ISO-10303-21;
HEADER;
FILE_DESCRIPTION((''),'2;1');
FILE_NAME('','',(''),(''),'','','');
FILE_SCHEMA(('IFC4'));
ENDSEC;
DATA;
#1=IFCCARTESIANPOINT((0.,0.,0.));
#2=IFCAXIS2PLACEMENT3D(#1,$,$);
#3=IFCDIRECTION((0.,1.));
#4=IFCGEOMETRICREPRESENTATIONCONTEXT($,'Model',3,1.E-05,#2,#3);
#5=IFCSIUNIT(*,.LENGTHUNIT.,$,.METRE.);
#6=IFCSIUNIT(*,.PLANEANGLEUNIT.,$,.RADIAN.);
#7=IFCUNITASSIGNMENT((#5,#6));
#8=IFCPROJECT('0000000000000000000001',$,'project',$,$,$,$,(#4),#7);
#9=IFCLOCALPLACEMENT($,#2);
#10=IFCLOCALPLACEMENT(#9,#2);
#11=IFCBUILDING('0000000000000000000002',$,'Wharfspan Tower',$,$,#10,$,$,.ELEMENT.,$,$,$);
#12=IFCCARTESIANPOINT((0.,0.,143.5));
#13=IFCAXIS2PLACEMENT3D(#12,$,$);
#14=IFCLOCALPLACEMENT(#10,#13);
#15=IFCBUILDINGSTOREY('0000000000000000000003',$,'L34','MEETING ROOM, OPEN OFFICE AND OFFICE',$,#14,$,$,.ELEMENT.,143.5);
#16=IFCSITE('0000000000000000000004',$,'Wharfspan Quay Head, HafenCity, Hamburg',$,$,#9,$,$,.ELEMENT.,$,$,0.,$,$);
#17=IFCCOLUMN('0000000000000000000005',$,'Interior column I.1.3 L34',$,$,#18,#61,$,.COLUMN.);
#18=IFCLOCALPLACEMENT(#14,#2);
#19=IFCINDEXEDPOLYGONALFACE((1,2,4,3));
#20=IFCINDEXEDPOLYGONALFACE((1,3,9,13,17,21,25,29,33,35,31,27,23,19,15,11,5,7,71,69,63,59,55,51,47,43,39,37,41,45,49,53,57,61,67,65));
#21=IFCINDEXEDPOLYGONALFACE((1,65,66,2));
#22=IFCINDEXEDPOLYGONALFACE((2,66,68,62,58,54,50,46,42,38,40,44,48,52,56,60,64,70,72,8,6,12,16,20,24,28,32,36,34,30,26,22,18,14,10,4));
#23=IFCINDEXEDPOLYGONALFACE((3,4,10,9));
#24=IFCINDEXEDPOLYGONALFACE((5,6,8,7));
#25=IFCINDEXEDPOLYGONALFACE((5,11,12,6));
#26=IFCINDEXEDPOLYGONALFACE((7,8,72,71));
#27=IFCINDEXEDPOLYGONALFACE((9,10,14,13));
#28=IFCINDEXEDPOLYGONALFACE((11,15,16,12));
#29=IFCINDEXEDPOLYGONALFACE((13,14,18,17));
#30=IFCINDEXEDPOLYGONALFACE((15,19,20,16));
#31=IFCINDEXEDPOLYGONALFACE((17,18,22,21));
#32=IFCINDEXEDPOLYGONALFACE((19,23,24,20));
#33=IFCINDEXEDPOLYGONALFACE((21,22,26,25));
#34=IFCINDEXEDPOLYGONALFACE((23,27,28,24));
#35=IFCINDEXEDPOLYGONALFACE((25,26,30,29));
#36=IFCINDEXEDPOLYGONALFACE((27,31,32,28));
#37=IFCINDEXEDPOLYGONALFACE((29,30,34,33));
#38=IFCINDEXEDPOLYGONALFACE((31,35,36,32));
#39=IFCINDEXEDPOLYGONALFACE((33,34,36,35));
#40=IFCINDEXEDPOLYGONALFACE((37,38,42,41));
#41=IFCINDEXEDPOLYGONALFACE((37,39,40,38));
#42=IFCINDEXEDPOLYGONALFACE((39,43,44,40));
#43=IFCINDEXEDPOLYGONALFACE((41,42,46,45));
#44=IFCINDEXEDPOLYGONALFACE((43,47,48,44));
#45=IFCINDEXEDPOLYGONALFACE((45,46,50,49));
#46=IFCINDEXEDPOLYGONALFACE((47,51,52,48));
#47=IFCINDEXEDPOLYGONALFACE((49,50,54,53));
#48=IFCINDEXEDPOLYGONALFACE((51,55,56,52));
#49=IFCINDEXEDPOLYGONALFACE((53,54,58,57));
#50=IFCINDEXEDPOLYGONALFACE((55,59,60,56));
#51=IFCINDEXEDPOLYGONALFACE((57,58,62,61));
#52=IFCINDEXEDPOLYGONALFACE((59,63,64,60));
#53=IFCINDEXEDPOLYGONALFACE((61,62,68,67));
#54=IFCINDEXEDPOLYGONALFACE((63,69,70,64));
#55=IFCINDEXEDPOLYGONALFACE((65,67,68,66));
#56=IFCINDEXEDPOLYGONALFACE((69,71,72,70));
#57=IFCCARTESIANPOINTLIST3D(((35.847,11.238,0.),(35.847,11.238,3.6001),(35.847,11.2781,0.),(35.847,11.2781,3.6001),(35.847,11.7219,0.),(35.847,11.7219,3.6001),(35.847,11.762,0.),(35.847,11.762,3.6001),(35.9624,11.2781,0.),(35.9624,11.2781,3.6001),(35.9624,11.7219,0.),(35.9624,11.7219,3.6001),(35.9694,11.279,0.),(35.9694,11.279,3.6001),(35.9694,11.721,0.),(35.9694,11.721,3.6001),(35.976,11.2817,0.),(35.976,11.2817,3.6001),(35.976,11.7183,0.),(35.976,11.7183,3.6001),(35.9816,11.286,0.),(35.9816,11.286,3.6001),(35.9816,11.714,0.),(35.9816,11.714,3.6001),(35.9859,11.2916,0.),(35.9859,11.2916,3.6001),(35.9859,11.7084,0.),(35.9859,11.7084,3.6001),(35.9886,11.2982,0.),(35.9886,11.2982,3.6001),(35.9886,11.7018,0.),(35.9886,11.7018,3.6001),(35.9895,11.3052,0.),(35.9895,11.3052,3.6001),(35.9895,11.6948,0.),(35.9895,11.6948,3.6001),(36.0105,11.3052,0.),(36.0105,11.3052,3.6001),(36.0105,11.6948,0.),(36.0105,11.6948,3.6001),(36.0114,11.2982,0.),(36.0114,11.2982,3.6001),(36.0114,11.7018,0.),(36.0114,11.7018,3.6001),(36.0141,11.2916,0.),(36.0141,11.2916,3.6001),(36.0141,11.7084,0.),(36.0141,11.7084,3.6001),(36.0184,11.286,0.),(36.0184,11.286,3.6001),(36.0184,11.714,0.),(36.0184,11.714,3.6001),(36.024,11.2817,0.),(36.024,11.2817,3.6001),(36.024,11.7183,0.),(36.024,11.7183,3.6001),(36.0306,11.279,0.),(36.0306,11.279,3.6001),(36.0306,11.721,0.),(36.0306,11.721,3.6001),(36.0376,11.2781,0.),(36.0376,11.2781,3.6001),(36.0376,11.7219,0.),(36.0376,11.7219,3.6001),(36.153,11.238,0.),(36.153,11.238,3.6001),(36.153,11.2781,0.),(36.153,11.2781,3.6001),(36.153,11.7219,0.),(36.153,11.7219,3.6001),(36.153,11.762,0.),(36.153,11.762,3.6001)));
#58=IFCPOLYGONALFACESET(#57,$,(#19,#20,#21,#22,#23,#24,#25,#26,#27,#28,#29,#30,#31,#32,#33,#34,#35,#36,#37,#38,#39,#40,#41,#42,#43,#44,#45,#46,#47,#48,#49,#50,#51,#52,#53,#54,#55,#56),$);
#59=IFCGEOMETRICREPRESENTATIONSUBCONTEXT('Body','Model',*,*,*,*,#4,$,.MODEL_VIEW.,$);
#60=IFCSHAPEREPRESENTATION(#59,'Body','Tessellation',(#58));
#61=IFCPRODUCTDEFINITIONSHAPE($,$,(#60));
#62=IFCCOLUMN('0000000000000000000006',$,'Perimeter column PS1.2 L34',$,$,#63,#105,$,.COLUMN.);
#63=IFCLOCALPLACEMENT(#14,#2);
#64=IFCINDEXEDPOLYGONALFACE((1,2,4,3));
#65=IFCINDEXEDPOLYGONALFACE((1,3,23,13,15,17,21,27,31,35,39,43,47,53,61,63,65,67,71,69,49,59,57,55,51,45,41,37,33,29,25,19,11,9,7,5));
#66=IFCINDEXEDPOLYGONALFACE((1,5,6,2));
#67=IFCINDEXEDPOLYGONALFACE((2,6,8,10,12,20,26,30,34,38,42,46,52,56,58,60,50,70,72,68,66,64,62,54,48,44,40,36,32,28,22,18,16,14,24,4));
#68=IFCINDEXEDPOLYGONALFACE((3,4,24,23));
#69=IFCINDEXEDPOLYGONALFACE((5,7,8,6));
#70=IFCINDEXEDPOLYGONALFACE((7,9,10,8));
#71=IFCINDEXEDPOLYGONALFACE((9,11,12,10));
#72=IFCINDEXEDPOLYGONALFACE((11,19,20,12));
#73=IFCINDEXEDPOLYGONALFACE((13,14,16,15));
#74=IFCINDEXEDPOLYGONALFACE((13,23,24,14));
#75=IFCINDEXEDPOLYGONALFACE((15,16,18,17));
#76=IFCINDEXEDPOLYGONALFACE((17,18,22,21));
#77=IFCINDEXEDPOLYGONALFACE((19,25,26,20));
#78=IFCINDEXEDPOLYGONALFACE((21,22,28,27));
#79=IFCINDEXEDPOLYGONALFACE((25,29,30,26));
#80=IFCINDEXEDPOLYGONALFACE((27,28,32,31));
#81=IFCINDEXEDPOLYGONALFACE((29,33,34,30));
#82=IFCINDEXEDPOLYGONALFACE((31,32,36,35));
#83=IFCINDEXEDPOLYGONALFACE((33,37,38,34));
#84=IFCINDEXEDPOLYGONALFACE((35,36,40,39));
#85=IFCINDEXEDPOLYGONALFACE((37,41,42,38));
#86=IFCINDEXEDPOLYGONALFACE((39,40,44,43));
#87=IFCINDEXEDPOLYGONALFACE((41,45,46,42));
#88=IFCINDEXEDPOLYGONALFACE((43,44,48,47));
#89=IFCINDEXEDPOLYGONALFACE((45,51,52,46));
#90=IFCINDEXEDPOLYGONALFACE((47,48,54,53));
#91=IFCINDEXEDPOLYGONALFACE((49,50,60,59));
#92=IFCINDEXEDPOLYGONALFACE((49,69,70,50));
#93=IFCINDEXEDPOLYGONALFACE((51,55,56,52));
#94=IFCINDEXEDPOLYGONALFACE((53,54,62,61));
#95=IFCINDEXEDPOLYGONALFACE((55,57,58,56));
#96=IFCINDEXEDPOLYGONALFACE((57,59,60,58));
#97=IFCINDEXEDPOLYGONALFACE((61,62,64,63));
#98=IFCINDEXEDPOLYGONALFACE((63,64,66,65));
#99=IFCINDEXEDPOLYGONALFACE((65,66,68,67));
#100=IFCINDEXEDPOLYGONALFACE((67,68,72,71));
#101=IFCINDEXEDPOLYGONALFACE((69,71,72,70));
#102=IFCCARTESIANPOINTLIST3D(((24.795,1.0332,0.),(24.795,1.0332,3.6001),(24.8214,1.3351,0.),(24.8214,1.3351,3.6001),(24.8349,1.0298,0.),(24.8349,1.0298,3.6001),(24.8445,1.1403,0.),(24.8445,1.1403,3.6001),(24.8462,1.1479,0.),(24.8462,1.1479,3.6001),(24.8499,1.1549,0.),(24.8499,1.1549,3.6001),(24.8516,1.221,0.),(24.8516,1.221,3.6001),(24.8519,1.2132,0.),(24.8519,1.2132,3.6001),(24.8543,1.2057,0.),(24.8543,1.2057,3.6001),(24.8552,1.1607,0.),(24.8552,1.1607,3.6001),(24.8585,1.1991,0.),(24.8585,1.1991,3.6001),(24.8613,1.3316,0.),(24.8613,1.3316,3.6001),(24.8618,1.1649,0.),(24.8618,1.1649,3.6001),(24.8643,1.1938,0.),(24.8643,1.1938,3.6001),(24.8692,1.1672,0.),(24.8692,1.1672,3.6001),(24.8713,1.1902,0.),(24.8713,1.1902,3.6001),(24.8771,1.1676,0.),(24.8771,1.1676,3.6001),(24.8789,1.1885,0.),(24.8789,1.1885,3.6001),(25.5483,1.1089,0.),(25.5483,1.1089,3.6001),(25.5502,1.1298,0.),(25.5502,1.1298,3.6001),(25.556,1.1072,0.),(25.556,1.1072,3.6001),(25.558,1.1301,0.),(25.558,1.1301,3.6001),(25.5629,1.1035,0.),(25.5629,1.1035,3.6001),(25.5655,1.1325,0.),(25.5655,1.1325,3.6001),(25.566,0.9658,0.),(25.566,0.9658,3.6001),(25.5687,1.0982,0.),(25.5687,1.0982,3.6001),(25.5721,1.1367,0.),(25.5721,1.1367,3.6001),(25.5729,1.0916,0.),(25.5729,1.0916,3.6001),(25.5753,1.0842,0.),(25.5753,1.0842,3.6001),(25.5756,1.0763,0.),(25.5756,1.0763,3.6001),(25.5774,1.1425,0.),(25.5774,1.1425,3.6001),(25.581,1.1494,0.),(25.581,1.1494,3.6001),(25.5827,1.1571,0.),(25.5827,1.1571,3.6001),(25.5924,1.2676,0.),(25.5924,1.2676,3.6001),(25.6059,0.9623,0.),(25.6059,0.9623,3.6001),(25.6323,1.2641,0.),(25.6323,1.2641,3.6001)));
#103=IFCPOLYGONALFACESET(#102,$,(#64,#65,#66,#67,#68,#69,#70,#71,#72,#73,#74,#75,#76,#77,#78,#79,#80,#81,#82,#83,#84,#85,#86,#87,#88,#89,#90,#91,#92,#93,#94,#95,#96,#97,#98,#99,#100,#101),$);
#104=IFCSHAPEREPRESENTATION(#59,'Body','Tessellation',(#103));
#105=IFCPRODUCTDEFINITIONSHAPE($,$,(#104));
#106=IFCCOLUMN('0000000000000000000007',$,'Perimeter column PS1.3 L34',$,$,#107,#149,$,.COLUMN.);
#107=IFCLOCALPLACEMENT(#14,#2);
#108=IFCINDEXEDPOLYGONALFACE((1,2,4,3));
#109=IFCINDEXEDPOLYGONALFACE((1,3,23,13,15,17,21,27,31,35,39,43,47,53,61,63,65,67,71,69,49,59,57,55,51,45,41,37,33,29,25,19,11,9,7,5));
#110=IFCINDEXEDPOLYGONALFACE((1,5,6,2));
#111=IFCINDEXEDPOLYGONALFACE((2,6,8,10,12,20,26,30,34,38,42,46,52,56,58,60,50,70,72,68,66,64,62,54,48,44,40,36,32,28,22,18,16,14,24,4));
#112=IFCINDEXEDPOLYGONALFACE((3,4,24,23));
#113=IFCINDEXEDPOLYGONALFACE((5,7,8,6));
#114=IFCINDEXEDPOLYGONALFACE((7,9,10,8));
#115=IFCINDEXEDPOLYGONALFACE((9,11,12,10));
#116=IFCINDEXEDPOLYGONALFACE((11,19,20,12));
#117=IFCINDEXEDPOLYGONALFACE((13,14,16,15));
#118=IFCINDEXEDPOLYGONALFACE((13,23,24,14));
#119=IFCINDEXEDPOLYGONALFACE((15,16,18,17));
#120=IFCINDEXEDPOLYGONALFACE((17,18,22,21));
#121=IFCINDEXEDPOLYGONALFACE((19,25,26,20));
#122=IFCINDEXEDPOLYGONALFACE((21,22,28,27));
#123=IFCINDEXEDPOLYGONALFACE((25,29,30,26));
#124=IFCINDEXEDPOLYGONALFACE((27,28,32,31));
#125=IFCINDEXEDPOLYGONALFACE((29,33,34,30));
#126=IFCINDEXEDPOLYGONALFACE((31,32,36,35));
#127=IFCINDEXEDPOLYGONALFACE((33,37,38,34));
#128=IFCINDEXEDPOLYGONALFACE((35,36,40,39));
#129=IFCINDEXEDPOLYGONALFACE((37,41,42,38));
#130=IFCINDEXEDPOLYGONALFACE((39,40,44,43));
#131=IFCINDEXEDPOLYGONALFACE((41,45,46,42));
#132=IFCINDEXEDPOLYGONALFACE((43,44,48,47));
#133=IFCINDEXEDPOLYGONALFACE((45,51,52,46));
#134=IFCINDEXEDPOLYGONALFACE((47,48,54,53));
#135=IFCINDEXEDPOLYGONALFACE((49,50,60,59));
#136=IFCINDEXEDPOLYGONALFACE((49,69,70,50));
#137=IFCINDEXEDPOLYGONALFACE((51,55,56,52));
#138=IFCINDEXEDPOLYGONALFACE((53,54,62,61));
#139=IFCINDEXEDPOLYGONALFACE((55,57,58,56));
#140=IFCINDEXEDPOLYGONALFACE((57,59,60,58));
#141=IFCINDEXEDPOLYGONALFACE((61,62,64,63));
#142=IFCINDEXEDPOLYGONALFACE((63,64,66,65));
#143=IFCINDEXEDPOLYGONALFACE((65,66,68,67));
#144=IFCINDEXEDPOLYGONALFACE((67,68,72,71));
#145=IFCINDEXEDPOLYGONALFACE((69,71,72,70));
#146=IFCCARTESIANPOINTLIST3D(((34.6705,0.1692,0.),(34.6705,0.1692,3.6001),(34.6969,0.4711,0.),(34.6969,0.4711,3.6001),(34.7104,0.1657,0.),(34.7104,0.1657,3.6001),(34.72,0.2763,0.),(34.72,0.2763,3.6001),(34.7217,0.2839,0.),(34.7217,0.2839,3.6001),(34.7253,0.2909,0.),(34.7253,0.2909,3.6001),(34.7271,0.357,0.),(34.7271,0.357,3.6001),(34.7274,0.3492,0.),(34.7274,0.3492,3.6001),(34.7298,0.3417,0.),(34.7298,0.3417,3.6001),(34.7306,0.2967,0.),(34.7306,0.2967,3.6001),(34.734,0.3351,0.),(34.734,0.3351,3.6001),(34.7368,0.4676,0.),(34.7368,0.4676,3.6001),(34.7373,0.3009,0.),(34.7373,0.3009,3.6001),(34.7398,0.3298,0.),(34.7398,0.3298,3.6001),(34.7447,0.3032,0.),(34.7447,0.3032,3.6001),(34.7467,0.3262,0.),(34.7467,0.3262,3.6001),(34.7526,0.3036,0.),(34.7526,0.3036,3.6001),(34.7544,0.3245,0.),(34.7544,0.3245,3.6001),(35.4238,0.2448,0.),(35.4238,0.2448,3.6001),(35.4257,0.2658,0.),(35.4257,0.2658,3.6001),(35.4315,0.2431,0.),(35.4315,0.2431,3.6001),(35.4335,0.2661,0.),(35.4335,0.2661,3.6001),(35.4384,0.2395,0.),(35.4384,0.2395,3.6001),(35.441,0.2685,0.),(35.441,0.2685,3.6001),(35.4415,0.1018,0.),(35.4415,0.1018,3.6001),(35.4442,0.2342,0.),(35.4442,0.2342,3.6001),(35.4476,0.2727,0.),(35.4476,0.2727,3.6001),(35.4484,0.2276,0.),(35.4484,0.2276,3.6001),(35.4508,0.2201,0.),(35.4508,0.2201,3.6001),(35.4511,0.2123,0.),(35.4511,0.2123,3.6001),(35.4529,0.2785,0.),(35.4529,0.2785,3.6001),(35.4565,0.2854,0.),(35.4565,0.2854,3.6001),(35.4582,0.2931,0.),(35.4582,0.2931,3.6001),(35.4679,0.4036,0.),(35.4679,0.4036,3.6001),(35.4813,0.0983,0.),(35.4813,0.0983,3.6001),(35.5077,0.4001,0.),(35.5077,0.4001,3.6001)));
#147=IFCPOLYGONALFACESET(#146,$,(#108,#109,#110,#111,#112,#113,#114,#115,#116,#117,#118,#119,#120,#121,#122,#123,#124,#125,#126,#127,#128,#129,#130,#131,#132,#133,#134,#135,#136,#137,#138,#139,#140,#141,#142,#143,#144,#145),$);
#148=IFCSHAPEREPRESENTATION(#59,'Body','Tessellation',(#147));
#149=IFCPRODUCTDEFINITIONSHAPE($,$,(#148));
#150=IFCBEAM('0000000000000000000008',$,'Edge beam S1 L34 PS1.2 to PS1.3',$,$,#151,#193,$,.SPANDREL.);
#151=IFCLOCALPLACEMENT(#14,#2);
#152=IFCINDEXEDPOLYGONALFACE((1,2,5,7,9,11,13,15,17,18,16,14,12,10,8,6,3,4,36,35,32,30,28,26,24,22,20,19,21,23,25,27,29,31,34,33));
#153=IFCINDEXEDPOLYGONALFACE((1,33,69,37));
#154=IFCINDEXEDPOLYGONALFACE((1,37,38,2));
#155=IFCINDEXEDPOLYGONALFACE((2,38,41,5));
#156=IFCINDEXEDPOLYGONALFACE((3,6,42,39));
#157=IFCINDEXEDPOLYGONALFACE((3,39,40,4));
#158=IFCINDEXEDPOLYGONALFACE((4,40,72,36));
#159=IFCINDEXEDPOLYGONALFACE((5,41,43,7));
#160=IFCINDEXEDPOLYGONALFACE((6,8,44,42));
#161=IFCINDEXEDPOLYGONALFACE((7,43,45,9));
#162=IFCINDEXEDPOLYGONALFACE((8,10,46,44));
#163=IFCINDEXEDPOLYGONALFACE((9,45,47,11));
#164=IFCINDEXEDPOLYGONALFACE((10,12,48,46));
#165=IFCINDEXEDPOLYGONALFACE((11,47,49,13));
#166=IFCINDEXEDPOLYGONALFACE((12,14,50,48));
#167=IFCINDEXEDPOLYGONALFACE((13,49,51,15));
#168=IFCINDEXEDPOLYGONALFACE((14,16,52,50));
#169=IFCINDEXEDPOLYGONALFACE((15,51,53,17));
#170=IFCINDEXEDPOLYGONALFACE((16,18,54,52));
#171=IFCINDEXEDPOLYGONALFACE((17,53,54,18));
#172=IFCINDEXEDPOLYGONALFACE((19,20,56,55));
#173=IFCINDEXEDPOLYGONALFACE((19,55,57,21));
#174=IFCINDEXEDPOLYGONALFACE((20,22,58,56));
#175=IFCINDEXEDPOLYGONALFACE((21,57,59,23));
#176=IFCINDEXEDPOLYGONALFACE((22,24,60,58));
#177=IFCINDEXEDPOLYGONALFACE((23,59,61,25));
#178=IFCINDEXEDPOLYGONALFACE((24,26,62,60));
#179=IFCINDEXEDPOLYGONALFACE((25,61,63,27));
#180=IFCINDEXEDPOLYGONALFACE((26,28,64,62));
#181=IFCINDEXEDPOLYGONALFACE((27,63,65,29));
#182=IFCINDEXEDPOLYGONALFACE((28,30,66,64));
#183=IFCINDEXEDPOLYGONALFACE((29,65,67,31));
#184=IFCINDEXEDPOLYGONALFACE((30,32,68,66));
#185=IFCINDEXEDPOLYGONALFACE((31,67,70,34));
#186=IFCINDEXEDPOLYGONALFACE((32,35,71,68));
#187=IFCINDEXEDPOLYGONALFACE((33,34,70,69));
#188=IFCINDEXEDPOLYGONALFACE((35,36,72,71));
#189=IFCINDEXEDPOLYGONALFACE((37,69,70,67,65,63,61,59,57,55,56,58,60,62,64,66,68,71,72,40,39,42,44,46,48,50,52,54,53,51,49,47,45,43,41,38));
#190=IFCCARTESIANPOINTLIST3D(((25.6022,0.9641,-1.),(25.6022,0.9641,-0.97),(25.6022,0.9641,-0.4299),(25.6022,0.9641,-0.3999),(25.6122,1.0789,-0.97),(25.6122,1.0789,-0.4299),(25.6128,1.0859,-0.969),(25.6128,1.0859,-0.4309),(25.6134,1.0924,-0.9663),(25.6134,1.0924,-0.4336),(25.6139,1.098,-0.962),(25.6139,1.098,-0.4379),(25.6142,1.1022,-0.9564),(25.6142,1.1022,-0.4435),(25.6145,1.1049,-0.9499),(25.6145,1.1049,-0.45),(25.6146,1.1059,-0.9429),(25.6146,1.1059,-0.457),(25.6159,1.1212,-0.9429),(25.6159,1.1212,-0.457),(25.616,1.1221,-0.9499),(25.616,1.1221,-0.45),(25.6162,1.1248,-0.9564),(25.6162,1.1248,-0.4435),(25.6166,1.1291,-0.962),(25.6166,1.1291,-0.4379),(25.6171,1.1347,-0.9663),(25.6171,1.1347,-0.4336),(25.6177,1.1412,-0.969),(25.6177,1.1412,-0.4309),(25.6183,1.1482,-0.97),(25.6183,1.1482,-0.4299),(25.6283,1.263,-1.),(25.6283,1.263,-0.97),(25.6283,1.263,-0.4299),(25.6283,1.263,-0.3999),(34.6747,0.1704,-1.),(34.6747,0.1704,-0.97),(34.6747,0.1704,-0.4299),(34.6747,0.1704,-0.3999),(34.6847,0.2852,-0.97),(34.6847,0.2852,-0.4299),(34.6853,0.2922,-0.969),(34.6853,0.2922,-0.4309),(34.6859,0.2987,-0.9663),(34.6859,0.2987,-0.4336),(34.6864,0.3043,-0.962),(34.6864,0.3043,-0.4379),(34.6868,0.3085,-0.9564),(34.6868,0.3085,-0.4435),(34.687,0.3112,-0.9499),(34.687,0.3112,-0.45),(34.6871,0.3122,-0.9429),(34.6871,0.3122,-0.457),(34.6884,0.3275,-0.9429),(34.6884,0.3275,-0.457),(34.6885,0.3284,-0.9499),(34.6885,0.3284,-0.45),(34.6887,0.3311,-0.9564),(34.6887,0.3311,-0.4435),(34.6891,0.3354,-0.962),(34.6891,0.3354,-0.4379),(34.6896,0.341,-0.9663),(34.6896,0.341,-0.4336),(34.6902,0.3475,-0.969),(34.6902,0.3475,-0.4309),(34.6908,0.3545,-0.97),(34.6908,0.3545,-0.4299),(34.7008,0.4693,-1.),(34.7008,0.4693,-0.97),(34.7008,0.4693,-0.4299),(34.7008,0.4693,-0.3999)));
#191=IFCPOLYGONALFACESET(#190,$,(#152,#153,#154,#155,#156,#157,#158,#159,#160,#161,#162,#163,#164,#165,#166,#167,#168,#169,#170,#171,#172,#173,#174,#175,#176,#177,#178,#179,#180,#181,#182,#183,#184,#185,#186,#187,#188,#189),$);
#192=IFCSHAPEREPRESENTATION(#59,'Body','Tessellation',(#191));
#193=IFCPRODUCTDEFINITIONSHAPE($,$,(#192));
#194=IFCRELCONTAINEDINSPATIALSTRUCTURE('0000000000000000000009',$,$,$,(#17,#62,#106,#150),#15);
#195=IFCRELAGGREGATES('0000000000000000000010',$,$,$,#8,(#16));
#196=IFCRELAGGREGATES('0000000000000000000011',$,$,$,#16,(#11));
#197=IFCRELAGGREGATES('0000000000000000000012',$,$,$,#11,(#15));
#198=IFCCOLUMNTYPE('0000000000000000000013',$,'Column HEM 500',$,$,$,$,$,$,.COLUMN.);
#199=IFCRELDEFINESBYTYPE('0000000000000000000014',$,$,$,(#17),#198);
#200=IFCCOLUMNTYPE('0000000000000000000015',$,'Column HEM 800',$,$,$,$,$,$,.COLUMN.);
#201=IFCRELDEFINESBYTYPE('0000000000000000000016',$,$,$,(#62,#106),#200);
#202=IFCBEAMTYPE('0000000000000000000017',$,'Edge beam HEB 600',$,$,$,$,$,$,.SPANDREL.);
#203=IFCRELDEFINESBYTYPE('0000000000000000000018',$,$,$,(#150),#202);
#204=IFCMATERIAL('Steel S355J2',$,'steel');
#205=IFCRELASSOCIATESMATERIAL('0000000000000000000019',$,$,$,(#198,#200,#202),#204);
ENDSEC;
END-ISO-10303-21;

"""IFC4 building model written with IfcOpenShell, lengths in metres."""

from ifc_helpers import new_model, si_unit, direction, frame, origin, origin_2d, place, context, subcontext, project, spatial, i_section, extrude, material, material_profile, profile_set, type_object, element, save


model = new_model("IFC4")

# Units and contexts
model_context = context("Model", 3, precision=1e-05, world=origin(), true_north=direction((0.0, 1.0)))
body_context = subcontext(model_context, "Body", "Model", "MODEL_VIEW")
ifc_project = project(units=[si_unit("LENGTHUNIT", "METRE"), si_unit("PLANEANGLEUNIT", "RADIAN")], contexts=[model_context])

# Site, building, storey
site_placement = place(None, origin())
site = spatial("IfcSite", under=ifc_project, at=site_placement, Name="Wharfspan Quay Head, HafenCity, Hamburg", CompositionType="ELEMENT", RefElevation=0.0)
building_placement = place(site_placement, origin())
building = spatial("IfcBuilding", under=site, at=building_placement, Name="Wharfspan Tower", CompositionType="ELEMENT")
storey_placement = place(building_placement, frame((0.0, 0.0, 143.5)))
storey = spatial("IfcBuildingStorey", under=building, at=storey_placement, Name="L34", Description="MEETING ROOM, OPEN OFFICE AND OFFICE", CompositionType="ELEMENT", Elevation=143.5)

# Columns
ifc_material_1 = material(Name="Steel S355J2", Category="steel")
ifc_material_profile_1 = material_profile(ifc_material_1, i_section(OverallWidth=0.3059, OverallDepth=0.5239, WebThickness=0.021, FlangeThickness=0.04, FilletRadius=0.0271, at=origin_2d()))
ifc_profile_set_1 = profile_set([ifc_material_profile_1], Name="Steel S355J2")
column_type_1 = type_object("IfcColumnType", Name="Column HEM 500", PredefinedType="COLUMN", material=ifc_profile_set_1)
column_placement = place(storey_placement, frame((36.0, 11.5, 0.0), z_axis=(0.0, 0.0, 1.0), x_axis=(1.0, 0.0, 0.0)))
element("IfcColumn", 1, at=column_placement, inside=storey, type_object=column_type_1, Name="Interior column I.1.3 L34", PredefinedType="COLUMN", context=body_context, shape_type="SweptSolid", body=[
    extrude(i_section(OverallWidth=0.3059, OverallDepth=0.5239, WebThickness=0.021, FlangeThickness=0.04, FilletRadius=0.0271, at=origin_2d()), origin(), (0.0, 0.0, 1.0), 3.6001),
])
ifc_material_profile_2 = material_profile(ifc_material_1, i_section(OverallWidth=0.303, OverallDepth=0.814, WebThickness=0.021, FlangeThickness=0.04, FilletRadius=0.03, at=origin_2d()))
ifc_profile_set_2 = profile_set([ifc_material_profile_2], Name="Steel S355J2")
column_type_2 = type_object("IfcColumnType", Name="Column HEM 800", PredefinedType="COLUMN", material=ifc_profile_set_2)
for number, where, z_axis, x_axis, name in (
    (2, (25.2136, 1.1487, 0.0), (0.0, 0.0, 1.0), (-0.087156, -0.996198, 0.0), "Perimeter column PS1.2 L34"),
    (3, (35.0891, 0.2847, 0.0), (0.0, 0.0, 1.0), (-0.087156, -0.996198, 0.0), "Perimeter column PS1.3 L34"),
):
    element("IfcColumn", number, at=place(storey_placement, frame(where, z_axis=z_axis, x_axis=x_axis)), inside=storey, type_object=column_type_2, Name=name, PredefinedType="COLUMN", context=body_context, shape_type="SweptSolid", body=[
        extrude(i_section(OverallWidth=0.303, OverallDepth=0.814, WebThickness=0.021, FlangeThickness=0.04, FilletRadius=0.03, at=origin_2d()), origin(), (0.0, 0.0, 1.0), 3.6001),
    ])

# Beam
ifc_material_profile_3 = material_profile(ifc_material_1, i_section(OverallWidth=0.3, OverallDepth=0.6001, WebThickness=0.0154, FlangeThickness=0.03, FilletRadius=0.0271, at=origin_2d()))
ifc_profile_set_3 = profile_set([ifc_material_profile_3], Name="Steel S355J2")
beam_type = type_object("IfcBeamType", Name="Edge beam HEB 600", PredefinedType="SPANDREL", material=ifc_profile_set_3)
beam_1_placement = place(storey_placement, frame((25.6152, 1.1135, -0.7), z_axis=(0.996195, -0.087151, 0.0), x_axis=(0.087151, 0.996195, 0.0)))
element("IfcBeam", 4, at=beam_1_placement, inside=storey, type_object=beam_type, Name="Edge beam S1 L34 PS1.2 to PS1.3", PredefinedType="SPANDREL", context=body_context, shape_type="SweptSolid", body=[
    extrude(i_section(OverallWidth=0.3, OverallDepth=0.6001, WebThickness=0.0154, FlangeThickness=0.03, FilletRadius=0.0271, at=origin_2d()), origin(), (0.0, 0.0, 1.0), 9.1072),
])

save(model, "model.ifc")
